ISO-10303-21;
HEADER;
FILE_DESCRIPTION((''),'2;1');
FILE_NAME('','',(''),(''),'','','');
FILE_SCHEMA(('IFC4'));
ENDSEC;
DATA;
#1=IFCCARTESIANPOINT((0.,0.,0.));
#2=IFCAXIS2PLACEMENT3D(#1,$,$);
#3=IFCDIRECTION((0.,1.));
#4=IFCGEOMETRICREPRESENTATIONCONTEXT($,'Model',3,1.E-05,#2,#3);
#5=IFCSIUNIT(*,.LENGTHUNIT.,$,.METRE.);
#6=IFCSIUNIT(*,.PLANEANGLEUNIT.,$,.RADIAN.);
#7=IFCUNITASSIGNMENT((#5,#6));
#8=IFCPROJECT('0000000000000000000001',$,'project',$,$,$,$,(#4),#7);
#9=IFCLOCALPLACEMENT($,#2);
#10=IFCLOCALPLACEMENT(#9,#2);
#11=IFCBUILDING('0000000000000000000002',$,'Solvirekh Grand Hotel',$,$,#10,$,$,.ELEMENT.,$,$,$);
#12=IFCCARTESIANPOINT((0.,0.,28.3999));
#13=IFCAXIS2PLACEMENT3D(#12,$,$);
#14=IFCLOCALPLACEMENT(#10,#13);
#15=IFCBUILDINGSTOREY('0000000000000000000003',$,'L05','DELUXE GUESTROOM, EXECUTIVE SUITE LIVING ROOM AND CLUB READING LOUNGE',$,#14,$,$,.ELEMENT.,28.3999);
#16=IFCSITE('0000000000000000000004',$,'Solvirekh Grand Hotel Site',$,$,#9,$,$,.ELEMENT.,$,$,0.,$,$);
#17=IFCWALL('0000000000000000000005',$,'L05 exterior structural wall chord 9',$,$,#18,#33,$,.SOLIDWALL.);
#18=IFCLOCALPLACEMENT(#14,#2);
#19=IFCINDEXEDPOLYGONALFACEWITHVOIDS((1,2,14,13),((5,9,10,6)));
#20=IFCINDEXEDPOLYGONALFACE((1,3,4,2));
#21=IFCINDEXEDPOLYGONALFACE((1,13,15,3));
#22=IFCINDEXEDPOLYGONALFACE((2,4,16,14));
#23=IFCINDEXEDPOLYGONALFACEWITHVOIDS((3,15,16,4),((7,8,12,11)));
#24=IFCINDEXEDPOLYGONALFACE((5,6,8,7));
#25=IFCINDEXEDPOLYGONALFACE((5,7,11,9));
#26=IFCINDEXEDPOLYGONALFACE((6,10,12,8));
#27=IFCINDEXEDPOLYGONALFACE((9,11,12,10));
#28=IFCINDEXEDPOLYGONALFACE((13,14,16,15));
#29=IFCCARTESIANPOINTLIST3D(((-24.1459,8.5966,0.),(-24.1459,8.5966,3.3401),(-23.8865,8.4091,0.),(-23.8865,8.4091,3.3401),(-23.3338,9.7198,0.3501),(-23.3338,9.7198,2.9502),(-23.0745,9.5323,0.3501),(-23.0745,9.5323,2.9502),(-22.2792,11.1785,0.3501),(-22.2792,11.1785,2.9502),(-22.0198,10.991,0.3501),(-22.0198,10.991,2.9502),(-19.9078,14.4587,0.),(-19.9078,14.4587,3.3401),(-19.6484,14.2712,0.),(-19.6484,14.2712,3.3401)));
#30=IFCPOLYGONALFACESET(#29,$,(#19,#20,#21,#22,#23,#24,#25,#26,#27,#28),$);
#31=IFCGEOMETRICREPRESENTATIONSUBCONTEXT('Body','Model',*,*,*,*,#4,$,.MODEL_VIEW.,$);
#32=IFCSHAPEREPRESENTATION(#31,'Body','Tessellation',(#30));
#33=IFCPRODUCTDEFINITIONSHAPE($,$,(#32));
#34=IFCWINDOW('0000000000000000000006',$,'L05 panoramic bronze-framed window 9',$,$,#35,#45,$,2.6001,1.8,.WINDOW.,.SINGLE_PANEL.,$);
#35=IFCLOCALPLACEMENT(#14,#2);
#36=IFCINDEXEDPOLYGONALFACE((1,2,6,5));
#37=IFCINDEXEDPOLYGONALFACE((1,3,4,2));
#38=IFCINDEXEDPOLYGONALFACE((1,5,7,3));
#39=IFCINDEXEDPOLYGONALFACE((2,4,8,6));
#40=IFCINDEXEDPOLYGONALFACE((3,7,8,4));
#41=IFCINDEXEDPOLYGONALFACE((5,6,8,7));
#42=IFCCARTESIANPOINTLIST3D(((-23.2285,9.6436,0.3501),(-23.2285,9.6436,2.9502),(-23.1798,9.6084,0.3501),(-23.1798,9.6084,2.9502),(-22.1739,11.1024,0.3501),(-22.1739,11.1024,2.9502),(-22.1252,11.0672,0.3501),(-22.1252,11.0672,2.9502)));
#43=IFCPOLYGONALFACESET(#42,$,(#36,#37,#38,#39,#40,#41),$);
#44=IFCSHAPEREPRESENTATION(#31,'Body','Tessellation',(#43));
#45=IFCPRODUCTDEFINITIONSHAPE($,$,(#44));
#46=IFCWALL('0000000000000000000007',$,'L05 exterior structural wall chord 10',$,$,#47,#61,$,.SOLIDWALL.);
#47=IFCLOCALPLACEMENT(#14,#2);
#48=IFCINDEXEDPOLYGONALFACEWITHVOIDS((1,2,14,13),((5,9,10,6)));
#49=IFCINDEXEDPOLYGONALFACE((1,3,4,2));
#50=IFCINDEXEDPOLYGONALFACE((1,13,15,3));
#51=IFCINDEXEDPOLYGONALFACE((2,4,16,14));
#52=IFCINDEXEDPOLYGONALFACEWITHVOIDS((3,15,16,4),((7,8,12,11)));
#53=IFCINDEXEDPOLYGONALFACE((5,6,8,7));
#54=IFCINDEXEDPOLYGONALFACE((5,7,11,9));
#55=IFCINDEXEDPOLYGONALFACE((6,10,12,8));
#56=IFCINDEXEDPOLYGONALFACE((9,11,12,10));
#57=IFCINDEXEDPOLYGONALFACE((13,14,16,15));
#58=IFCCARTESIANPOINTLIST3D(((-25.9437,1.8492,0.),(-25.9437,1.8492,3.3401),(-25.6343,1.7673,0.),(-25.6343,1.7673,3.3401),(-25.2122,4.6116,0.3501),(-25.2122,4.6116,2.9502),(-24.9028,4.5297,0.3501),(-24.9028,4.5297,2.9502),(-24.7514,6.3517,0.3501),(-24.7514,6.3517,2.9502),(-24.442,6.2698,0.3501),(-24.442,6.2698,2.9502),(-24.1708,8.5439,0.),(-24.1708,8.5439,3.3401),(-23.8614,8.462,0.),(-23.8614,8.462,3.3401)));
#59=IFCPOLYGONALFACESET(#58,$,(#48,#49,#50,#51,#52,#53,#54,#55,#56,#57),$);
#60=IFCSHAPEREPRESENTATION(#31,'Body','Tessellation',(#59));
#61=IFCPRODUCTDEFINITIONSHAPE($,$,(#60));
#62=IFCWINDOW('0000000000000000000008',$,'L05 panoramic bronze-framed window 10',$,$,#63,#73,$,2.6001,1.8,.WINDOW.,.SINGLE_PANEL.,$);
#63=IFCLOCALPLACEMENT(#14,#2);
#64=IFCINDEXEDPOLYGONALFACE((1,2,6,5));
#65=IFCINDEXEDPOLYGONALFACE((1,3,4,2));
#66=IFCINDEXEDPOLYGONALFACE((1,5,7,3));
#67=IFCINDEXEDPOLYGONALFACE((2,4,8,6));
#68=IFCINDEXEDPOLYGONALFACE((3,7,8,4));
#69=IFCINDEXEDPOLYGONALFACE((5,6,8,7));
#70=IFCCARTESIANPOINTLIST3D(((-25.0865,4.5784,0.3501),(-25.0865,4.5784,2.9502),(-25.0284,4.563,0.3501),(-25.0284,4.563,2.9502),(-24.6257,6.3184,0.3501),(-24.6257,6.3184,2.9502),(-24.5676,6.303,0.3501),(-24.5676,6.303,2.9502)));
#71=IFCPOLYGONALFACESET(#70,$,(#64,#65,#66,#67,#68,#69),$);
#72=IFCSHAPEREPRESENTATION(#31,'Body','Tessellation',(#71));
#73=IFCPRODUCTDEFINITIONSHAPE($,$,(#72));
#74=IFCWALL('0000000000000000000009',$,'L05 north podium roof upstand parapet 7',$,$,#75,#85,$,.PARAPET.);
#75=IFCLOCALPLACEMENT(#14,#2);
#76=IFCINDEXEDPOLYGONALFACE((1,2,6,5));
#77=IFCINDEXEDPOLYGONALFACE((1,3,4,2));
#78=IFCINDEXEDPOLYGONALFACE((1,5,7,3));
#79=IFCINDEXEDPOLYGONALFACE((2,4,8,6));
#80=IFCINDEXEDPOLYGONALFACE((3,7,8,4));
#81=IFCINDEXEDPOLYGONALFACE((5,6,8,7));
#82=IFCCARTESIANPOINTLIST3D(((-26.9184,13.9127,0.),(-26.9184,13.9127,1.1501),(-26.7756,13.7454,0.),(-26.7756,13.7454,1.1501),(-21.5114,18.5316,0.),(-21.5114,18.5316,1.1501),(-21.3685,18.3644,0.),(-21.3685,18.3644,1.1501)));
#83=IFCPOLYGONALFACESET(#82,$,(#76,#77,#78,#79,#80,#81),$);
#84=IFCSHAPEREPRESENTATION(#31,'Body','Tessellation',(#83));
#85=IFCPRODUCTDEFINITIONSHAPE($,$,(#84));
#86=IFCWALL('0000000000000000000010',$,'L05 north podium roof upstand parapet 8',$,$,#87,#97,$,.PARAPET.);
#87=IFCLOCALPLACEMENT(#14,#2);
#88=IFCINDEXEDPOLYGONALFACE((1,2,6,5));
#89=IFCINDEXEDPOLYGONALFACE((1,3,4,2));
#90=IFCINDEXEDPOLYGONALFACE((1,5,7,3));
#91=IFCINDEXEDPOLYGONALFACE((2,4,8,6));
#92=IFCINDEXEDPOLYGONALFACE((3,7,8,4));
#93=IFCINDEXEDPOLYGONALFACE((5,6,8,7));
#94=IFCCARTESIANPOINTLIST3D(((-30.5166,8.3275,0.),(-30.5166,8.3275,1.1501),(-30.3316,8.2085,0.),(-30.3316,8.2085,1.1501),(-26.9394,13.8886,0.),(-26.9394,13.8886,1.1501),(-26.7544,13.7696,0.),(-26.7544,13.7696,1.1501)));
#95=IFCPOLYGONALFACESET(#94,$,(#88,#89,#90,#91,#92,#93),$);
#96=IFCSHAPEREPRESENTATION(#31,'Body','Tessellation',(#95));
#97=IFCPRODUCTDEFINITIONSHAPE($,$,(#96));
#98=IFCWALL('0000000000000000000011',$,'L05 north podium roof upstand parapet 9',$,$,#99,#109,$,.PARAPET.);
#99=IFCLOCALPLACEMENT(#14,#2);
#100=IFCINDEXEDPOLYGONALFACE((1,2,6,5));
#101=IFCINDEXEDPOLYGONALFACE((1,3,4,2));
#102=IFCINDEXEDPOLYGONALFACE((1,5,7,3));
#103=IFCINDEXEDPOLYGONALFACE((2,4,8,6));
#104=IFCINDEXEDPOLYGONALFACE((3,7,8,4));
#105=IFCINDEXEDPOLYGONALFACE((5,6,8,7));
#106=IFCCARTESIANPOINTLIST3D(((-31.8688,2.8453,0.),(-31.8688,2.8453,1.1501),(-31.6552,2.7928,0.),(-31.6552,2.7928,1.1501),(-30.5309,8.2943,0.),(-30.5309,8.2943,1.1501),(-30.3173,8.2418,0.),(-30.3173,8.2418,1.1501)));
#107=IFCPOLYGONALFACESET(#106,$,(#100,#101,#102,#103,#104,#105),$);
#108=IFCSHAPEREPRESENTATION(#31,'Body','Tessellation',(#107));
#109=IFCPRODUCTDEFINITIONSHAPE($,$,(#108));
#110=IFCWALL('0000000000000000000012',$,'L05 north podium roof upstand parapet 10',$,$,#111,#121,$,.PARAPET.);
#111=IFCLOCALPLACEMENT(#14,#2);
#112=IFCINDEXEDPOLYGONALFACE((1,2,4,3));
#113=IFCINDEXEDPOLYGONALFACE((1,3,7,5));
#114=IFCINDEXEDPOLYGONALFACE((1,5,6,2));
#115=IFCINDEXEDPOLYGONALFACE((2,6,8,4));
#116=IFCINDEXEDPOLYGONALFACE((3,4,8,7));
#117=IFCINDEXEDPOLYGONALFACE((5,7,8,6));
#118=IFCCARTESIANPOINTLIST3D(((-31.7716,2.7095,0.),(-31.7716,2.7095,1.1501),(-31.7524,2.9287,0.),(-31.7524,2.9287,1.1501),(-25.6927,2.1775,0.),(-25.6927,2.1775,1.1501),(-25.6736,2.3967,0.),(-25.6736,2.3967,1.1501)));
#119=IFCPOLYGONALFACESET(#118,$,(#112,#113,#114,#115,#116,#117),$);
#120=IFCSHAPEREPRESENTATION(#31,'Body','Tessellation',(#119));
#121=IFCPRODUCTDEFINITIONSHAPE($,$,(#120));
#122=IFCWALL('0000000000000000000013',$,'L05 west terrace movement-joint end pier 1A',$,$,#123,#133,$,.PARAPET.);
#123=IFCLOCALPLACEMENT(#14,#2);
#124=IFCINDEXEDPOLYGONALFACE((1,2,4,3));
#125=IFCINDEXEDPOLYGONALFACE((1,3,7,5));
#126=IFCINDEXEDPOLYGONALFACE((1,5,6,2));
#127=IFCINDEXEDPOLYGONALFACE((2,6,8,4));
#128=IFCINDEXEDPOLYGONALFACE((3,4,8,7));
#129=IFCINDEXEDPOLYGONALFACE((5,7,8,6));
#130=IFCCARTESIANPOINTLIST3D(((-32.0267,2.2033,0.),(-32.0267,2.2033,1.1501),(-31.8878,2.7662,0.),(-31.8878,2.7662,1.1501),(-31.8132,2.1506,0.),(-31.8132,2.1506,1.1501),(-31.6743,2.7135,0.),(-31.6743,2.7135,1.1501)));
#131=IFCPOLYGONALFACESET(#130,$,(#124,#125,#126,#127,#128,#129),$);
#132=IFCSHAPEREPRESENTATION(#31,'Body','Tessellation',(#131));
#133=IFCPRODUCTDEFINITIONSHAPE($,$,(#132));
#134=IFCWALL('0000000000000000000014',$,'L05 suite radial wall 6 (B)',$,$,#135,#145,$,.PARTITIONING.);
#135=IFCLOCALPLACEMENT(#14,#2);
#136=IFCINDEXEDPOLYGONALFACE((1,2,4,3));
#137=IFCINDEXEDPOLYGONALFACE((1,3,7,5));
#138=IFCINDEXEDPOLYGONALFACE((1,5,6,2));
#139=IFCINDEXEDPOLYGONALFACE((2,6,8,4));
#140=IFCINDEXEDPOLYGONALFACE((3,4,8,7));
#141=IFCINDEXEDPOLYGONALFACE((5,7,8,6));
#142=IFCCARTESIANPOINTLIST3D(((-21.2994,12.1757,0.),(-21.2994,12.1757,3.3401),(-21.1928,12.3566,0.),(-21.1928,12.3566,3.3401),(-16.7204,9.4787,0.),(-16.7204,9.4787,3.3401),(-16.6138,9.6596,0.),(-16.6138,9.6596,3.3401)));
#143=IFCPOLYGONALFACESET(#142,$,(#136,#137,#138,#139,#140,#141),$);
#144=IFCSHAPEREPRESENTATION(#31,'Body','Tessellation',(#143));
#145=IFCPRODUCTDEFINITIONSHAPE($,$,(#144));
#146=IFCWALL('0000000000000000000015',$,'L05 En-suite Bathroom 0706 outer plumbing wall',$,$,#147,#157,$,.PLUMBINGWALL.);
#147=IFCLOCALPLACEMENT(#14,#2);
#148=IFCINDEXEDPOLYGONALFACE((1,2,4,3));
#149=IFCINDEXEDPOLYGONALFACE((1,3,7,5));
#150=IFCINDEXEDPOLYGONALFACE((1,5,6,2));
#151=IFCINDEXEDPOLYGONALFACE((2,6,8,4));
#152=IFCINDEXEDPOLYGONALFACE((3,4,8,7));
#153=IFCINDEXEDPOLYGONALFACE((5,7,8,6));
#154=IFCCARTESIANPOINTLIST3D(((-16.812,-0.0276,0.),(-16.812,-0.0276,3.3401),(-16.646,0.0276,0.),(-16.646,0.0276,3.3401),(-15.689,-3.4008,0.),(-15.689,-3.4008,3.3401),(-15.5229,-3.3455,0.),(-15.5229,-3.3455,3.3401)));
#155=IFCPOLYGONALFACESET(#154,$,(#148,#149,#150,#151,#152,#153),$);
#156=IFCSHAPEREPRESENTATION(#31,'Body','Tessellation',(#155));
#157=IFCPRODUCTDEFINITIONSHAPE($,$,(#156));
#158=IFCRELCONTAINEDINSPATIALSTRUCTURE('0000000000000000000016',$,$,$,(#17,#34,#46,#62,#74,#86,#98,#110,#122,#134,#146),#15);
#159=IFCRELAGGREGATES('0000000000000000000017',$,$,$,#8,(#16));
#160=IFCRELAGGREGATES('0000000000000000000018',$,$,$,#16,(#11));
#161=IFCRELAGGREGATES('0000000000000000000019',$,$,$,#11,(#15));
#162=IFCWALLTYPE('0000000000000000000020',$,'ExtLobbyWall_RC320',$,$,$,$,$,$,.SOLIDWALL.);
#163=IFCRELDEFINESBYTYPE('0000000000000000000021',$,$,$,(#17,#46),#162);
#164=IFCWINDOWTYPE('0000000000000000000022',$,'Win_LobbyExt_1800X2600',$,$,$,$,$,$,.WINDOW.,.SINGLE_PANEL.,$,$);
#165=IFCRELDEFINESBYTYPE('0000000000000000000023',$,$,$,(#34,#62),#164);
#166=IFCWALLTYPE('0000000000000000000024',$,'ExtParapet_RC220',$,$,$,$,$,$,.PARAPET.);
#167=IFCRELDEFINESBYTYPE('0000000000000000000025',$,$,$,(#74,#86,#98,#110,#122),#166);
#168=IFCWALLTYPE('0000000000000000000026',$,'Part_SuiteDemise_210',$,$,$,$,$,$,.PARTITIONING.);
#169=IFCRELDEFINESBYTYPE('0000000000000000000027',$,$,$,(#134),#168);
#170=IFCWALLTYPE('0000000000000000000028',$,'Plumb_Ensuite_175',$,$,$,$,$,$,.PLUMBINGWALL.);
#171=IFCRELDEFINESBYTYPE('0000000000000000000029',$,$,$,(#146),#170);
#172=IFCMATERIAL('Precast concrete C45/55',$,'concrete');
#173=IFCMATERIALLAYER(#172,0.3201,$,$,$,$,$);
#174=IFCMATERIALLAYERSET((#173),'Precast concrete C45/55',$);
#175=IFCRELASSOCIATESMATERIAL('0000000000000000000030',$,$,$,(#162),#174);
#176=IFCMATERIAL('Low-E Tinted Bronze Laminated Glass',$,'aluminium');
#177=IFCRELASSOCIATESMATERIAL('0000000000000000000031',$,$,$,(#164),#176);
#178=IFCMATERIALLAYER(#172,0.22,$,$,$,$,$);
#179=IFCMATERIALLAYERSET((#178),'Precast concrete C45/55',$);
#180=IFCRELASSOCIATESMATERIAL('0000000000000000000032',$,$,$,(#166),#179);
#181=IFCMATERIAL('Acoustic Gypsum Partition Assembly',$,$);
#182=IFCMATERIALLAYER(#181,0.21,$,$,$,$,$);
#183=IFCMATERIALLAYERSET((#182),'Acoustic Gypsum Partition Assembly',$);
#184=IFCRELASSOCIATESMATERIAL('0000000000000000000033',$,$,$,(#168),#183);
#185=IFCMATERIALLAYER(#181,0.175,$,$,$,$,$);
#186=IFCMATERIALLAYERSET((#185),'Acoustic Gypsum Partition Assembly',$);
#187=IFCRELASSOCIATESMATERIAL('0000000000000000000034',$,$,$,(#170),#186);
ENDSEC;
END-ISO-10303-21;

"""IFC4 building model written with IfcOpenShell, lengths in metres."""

from ifc_helpers import new_model, si_unit, direction, frame, frame_2d, origin, place, context, subcontext, project, spatial, rectangle, extrude, material, layer, layer_set, type_object, element, fill, save


model = new_model("IFC4")

# Units and contexts
model_context = context("Model", 3, precision=1e-05, world=origin(), true_north=direction((0.0, 1.0)))
body_context = subcontext(model_context, "Body", "Model", "MODEL_VIEW")
ifc_project = project(units=[si_unit("LENGTHUNIT", "METRE"), si_unit("PLANEANGLEUNIT", "RADIAN")], contexts=[model_context])

# Site, building, storey
site_placement = place(None, origin())
site = spatial("IfcSite", under=ifc_project, at=site_placement, Name="Solvirekh Grand Hotel Site", CompositionType="ELEMENT", RefElevation=0.0)
building_placement = place(site_placement, origin())
building = spatial("IfcBuilding", under=site, at=building_placement, Name="Solvirekh Grand Hotel", CompositionType="ELEMENT")
storey_placement = place(building_placement, frame((0.0, 0.0, 28.3999)))
storey = spatial("IfcBuildingStorey", under=building, at=storey_placement, Name="L05", Description="DELUXE GUESTROOM, EXECUTIVE SUITE LIVING ROOM AND CLUB READING LOUNGE", CompositionType="ELEMENT", Elevation=28.3999)

# Shared definitions
ifc_material_1 = material(Name="Low-E Tinted Bronze Laminated Glass", Category="aluminium")

# Walls, openings, windows
ifc_material_2 = material(Name="Precast concrete C45/55", Category="concrete")
ifc_layer_1 = layer(ifc_material_2, 0.3201)
ifc_layer_set_1 = layer_set([ifc_layer_1], Name="Precast concrete C45/55")
wall_type_1 = type_object("IfcWallType", Name="ExtLobbyWall_RC320", PredefinedType="SOLIDWALL", material=ifc_layer_set_1)
wall_1_placement = place(storey_placement, frame((-24.0161, 8.5029, 0.0), z_axis=(0.0, 0.0, 1.0), x_axis=(0.585884, 0.810395, 0.0)))
wall_1 = element("IfcWall", 1, at=wall_1_placement, inside=storey, type_object=wall_type_1, Name="L05 exterior structural wall chord 9", PredefinedType="SOLIDWALL", context=body_context, shape_type="SweptSolid", body=[
    extrude(rectangle(XDim=7.2336, YDim=0.3201, at=frame_2d((3.6167, 0.0))), origin(), (0.0, 0.0, 1.0), 3.3401),
])
opening_1_placement = place(wall_1_placement, frame((1.386, 0.0, 0.3501)))
opening_1 = element("IfcOpeningElement", 2, at=opening_1_placement, cuts=wall_1, PredefinedType="OPENING", context=body_context, shape_type="SweptSolid", body=[
    extrude(rectangle(XDim=1.8, YDim=2.6001, at=frame_2d((0.8999, 1.3))), frame((0.0, 0.1699, 0.0), z_axis=(0.0, -1.0, 0.0), x_axis=(1.0, 0.0, 0.0)), (0.0, 0.0, 1.0), 0.3401),
])
window_type = type_object("IfcWindowType", Name="Win_LobbyExt_1800X2600", PartitioningType="SINGLE_PANEL", PredefinedType="WINDOW", material=ifc_material_1)
window_1_placement = place(opening_1_placement, origin())
window_1 = element("IfcWindow", 3, at=window_1_placement, inside=storey, type_object=window_type, Name="L05 panoramic bronze-framed window 9", OverallHeight=2.6001, OverallWidth=1.8, PartitioningType="SINGLE_PANEL", PredefinedType="WINDOW", context=body_context, shape_type="SweptSolid", body=[
    extrude(rectangle(XDim=1.8, YDim=2.6001, at=frame_2d((0.8999, 1.3))), frame((0.0, 0.03, 0.0), z_axis=(0.0, -1.0, 0.0), x_axis=(1.0, 0.0, 0.0)), (0.0, 0.0, 1.0), 0.0601),
])
fill(opening_1, window_1)
wall_2_placement = place(storey_placement, frame((-25.7891, 1.8081, 0.0), z_axis=(0.0, 0.0, 1.0), x_axis=(0.255999, 0.966677, 0.0)))
wall_2 = element("IfcWall", 4, at=wall_2_placement, inside=storey, type_object=wall_type_1, Name="L05 exterior structural wall chord 10", PredefinedType="SOLIDWALL", context=body_context, shape_type="SweptSolid", body=[
    extrude(rectangle(XDim=6.9255, YDim=0.3201, at=frame_2d((3.4629, 0.0))), origin(), (0.0, 0.0, 1.0), 3.3401),
])
opening_2_placement = place(wall_2_placement, frame((2.8579, 0.0, 0.3501)))
opening_2 = element("IfcOpeningElement", 5, at=opening_2_placement, cuts=wall_2, PredefinedType="OPENING", context=body_context, shape_type="SweptSolid", body=[
    extrude(rectangle(XDim=1.8, YDim=2.6001, at=frame_2d((0.8999, 1.3))), frame((0.0, 0.1699, 0.0), z_axis=(0.0, -1.0, 0.0), x_axis=(1.0, 0.0, 0.0)), (0.0, 0.0, 1.0), 0.3401),
])
window_2_placement = place(opening_2_placement, origin())
window_2 = element("IfcWindow", 6, at=window_2_placement, inside=storey, type_object=window_type, Name="L05 panoramic bronze-framed window 10", OverallHeight=2.6001, OverallWidth=1.8, PartitioningType="SINGLE_PANEL", PredefinedType="WINDOW", context=body_context, shape_type="SweptSolid", body=[
    extrude(rectangle(XDim=1.8, YDim=2.6001, at=frame_2d((0.8999, 1.3))), frame((0.0, 0.03, 0.0), z_axis=(0.0, -1.0, 0.0), x_axis=(1.0, 0.0, 0.0)), (0.0, 0.0, 1.0), 0.0601),
])
fill(opening_2, window_2)

# Walls
ifc_layer_2 = layer(ifc_material_2, 0.22)
ifc_layer_set_2 = layer_set([ifc_layer_2], Name="Precast concrete C45/55")
wall_type_2 = type_object("IfcWallType", Name="ExtParapet_RC220", PredefinedType="PARAPET", material=ifc_layer_set_2)
wall_3_placement = place(storey_placement, frame((-21.4399, 18.448, 0.0), z_axis=(0.0, 0.0, 1.0), x_axis=(-0.760344, -0.649521, 0.0)))
element("IfcWall", 7, at=wall_3_placement, inside=storey, type_object=wall_type_2, Name="L05 north podium roof upstand parapet 7", PredefinedType="PARAPET", context=body_context, shape_type="SweptSolid", body=[
    extrude(rectangle(XDim=7.1113, YDim=0.22, at=frame_2d((3.5557, 0.0))), origin(), (0.0, 0.0, 1.0), 1.1501),
])
wall_4_placement = place(storey_placement, frame((-26.8469, 13.8291, 0.0), z_axis=(0.0, 0.0, 1.0), x_axis=(-0.540993, -0.841027, 0.0)))
element("IfcWall", 8, at=wall_4_placement, inside=storey, type_object=wall_type_2, Name="L05 north podium roof upstand parapet 8", PredefinedType="PARAPET", context=body_context, shape_type="SweptSolid", body=[
    extrude(rectangle(XDim=6.6123, YDim=0.22, at=frame_2d((3.3062, 0.0))), origin(), (0.0, 0.0, 1.0), 1.1501),
])
wall_5_placement = place(storey_placement, frame((-30.4241, 8.2681, 0.0), z_axis=(0.0, 0.0, 1.0), x_axis=(-0.238448, -0.971155, 0.0)))
element("IfcWall", 9, at=wall_5_placement, inside=storey, type_object=wall_type_2, Name="L05 north podium roof upstand parapet 9", PredefinedType="PARAPET", context=body_context, shape_type="SweptSolid", body=[
    extrude(rectangle(XDim=5.6108, YDim=0.22, at=frame_2d((2.8054, 0.0))), origin(), (0.0, 0.0, 1.0), 1.1501),
])
wall_6_placement = place(storey_placement, frame((-31.762, 2.8191, 0.0), z_axis=(0.0, 0.0, 1.0), x_axis=(0.996193, -0.08718, 0.0)))
element("IfcWall", 10, at=wall_6_placement, inside=storey, type_object=wall_type_2, Name="L05 north podium roof upstand parapet 10", PredefinedType="PARAPET", context=body_context, shape_type="SweptSolid", body=[
    extrude(rectangle(XDim=6.1021, YDim=0.22, at=frame_2d((3.051, 0.0))), origin(), (0.0, 0.0, 1.0), 1.1501),
])
wall_7_placement = place(storey_placement, frame((-31.781, 2.74, 0.0), z_axis=(0.0, 0.0, 1.0), x_axis=(-0.239563, -0.970881, 0.0)))
element("IfcWall", 11, at=wall_7_placement, inside=storey, type_object=wall_type_2, Name="L05 west terrace movement-joint end pier 1A", PredefinedType="PARAPET", context=body_context, shape_type="SweptSolid", body=[
    extrude(rectangle(XDim=0.5798, YDim=0.22, at=frame_2d((0.29, 0.0))), origin(), (0.0, 0.0, 1.0), 1.1501),
])
ifc_material_3 = material(Name="Acoustic Gypsum Partition Assembly")
ifc_layer_3 = layer(ifc_material_3, 0.21)
ifc_layer_set_3 = layer_set([ifc_layer_3], Name="Acoustic Gypsum Partition Assembly")
wall_type_3 = type_object("IfcWallType", Name="Part_SuiteDemise_210", PredefinedType="PARTITIONING", material=ifc_layer_set_3)
wall_8_placement = place(storey_placement, frame((-16.667, 9.5691, 0.0), z_axis=(0.0, 0.0, 1.0), x_axis=(-0.861652, 0.5075, 0.0)))
element("IfcWall", 12, at=wall_8_placement, inside=storey, type_object=wall_type_3, Name="L05 suite radial wall 6 (B)", PredefinedType="PARTITIONING", context=body_context, shape_type="SweptSolid", body=[
    extrude(rectangle(XDim=5.3142, YDim=0.21, at=frame_2d((2.6572, 0.0))), origin(), (0.0, 0.0, 1.0), 3.3401),
])
ifc_layer_4 = layer(ifc_material_3, 0.175)
ifc_layer_set_4 = layer_set([ifc_layer_4], Name="Acoustic Gypsum Partition Assembly")
wall_type_4 = type_object("IfcWallType", Name="Plumb_Ensuite_175", PredefinedType="PLUMBINGWALL", material=ifc_layer_set_4)
wall_9_placement = place(storey_placement, frame((-16.729, 0.0, 0.0), z_axis=(0.0, 0.0, 1.0), x_axis=(0.315898, -0.948793, 0.0)))
element("IfcWall", 13, at=wall_9_placement, inside=storey, type_object=wall_type_4, Name="L05 En-suite Bathroom 0706 outer plumbing wall", PredefinedType="PLUMBINGWALL", context=body_context, shape_type="SweptSolid", body=[
    extrude(rectangle(XDim=3.5552, YDim=0.175, at=frame_2d((1.7776, 0.0))), origin(), (0.0, 0.0, 1.0), 3.3401),
])

save(model, "model.ifc")
